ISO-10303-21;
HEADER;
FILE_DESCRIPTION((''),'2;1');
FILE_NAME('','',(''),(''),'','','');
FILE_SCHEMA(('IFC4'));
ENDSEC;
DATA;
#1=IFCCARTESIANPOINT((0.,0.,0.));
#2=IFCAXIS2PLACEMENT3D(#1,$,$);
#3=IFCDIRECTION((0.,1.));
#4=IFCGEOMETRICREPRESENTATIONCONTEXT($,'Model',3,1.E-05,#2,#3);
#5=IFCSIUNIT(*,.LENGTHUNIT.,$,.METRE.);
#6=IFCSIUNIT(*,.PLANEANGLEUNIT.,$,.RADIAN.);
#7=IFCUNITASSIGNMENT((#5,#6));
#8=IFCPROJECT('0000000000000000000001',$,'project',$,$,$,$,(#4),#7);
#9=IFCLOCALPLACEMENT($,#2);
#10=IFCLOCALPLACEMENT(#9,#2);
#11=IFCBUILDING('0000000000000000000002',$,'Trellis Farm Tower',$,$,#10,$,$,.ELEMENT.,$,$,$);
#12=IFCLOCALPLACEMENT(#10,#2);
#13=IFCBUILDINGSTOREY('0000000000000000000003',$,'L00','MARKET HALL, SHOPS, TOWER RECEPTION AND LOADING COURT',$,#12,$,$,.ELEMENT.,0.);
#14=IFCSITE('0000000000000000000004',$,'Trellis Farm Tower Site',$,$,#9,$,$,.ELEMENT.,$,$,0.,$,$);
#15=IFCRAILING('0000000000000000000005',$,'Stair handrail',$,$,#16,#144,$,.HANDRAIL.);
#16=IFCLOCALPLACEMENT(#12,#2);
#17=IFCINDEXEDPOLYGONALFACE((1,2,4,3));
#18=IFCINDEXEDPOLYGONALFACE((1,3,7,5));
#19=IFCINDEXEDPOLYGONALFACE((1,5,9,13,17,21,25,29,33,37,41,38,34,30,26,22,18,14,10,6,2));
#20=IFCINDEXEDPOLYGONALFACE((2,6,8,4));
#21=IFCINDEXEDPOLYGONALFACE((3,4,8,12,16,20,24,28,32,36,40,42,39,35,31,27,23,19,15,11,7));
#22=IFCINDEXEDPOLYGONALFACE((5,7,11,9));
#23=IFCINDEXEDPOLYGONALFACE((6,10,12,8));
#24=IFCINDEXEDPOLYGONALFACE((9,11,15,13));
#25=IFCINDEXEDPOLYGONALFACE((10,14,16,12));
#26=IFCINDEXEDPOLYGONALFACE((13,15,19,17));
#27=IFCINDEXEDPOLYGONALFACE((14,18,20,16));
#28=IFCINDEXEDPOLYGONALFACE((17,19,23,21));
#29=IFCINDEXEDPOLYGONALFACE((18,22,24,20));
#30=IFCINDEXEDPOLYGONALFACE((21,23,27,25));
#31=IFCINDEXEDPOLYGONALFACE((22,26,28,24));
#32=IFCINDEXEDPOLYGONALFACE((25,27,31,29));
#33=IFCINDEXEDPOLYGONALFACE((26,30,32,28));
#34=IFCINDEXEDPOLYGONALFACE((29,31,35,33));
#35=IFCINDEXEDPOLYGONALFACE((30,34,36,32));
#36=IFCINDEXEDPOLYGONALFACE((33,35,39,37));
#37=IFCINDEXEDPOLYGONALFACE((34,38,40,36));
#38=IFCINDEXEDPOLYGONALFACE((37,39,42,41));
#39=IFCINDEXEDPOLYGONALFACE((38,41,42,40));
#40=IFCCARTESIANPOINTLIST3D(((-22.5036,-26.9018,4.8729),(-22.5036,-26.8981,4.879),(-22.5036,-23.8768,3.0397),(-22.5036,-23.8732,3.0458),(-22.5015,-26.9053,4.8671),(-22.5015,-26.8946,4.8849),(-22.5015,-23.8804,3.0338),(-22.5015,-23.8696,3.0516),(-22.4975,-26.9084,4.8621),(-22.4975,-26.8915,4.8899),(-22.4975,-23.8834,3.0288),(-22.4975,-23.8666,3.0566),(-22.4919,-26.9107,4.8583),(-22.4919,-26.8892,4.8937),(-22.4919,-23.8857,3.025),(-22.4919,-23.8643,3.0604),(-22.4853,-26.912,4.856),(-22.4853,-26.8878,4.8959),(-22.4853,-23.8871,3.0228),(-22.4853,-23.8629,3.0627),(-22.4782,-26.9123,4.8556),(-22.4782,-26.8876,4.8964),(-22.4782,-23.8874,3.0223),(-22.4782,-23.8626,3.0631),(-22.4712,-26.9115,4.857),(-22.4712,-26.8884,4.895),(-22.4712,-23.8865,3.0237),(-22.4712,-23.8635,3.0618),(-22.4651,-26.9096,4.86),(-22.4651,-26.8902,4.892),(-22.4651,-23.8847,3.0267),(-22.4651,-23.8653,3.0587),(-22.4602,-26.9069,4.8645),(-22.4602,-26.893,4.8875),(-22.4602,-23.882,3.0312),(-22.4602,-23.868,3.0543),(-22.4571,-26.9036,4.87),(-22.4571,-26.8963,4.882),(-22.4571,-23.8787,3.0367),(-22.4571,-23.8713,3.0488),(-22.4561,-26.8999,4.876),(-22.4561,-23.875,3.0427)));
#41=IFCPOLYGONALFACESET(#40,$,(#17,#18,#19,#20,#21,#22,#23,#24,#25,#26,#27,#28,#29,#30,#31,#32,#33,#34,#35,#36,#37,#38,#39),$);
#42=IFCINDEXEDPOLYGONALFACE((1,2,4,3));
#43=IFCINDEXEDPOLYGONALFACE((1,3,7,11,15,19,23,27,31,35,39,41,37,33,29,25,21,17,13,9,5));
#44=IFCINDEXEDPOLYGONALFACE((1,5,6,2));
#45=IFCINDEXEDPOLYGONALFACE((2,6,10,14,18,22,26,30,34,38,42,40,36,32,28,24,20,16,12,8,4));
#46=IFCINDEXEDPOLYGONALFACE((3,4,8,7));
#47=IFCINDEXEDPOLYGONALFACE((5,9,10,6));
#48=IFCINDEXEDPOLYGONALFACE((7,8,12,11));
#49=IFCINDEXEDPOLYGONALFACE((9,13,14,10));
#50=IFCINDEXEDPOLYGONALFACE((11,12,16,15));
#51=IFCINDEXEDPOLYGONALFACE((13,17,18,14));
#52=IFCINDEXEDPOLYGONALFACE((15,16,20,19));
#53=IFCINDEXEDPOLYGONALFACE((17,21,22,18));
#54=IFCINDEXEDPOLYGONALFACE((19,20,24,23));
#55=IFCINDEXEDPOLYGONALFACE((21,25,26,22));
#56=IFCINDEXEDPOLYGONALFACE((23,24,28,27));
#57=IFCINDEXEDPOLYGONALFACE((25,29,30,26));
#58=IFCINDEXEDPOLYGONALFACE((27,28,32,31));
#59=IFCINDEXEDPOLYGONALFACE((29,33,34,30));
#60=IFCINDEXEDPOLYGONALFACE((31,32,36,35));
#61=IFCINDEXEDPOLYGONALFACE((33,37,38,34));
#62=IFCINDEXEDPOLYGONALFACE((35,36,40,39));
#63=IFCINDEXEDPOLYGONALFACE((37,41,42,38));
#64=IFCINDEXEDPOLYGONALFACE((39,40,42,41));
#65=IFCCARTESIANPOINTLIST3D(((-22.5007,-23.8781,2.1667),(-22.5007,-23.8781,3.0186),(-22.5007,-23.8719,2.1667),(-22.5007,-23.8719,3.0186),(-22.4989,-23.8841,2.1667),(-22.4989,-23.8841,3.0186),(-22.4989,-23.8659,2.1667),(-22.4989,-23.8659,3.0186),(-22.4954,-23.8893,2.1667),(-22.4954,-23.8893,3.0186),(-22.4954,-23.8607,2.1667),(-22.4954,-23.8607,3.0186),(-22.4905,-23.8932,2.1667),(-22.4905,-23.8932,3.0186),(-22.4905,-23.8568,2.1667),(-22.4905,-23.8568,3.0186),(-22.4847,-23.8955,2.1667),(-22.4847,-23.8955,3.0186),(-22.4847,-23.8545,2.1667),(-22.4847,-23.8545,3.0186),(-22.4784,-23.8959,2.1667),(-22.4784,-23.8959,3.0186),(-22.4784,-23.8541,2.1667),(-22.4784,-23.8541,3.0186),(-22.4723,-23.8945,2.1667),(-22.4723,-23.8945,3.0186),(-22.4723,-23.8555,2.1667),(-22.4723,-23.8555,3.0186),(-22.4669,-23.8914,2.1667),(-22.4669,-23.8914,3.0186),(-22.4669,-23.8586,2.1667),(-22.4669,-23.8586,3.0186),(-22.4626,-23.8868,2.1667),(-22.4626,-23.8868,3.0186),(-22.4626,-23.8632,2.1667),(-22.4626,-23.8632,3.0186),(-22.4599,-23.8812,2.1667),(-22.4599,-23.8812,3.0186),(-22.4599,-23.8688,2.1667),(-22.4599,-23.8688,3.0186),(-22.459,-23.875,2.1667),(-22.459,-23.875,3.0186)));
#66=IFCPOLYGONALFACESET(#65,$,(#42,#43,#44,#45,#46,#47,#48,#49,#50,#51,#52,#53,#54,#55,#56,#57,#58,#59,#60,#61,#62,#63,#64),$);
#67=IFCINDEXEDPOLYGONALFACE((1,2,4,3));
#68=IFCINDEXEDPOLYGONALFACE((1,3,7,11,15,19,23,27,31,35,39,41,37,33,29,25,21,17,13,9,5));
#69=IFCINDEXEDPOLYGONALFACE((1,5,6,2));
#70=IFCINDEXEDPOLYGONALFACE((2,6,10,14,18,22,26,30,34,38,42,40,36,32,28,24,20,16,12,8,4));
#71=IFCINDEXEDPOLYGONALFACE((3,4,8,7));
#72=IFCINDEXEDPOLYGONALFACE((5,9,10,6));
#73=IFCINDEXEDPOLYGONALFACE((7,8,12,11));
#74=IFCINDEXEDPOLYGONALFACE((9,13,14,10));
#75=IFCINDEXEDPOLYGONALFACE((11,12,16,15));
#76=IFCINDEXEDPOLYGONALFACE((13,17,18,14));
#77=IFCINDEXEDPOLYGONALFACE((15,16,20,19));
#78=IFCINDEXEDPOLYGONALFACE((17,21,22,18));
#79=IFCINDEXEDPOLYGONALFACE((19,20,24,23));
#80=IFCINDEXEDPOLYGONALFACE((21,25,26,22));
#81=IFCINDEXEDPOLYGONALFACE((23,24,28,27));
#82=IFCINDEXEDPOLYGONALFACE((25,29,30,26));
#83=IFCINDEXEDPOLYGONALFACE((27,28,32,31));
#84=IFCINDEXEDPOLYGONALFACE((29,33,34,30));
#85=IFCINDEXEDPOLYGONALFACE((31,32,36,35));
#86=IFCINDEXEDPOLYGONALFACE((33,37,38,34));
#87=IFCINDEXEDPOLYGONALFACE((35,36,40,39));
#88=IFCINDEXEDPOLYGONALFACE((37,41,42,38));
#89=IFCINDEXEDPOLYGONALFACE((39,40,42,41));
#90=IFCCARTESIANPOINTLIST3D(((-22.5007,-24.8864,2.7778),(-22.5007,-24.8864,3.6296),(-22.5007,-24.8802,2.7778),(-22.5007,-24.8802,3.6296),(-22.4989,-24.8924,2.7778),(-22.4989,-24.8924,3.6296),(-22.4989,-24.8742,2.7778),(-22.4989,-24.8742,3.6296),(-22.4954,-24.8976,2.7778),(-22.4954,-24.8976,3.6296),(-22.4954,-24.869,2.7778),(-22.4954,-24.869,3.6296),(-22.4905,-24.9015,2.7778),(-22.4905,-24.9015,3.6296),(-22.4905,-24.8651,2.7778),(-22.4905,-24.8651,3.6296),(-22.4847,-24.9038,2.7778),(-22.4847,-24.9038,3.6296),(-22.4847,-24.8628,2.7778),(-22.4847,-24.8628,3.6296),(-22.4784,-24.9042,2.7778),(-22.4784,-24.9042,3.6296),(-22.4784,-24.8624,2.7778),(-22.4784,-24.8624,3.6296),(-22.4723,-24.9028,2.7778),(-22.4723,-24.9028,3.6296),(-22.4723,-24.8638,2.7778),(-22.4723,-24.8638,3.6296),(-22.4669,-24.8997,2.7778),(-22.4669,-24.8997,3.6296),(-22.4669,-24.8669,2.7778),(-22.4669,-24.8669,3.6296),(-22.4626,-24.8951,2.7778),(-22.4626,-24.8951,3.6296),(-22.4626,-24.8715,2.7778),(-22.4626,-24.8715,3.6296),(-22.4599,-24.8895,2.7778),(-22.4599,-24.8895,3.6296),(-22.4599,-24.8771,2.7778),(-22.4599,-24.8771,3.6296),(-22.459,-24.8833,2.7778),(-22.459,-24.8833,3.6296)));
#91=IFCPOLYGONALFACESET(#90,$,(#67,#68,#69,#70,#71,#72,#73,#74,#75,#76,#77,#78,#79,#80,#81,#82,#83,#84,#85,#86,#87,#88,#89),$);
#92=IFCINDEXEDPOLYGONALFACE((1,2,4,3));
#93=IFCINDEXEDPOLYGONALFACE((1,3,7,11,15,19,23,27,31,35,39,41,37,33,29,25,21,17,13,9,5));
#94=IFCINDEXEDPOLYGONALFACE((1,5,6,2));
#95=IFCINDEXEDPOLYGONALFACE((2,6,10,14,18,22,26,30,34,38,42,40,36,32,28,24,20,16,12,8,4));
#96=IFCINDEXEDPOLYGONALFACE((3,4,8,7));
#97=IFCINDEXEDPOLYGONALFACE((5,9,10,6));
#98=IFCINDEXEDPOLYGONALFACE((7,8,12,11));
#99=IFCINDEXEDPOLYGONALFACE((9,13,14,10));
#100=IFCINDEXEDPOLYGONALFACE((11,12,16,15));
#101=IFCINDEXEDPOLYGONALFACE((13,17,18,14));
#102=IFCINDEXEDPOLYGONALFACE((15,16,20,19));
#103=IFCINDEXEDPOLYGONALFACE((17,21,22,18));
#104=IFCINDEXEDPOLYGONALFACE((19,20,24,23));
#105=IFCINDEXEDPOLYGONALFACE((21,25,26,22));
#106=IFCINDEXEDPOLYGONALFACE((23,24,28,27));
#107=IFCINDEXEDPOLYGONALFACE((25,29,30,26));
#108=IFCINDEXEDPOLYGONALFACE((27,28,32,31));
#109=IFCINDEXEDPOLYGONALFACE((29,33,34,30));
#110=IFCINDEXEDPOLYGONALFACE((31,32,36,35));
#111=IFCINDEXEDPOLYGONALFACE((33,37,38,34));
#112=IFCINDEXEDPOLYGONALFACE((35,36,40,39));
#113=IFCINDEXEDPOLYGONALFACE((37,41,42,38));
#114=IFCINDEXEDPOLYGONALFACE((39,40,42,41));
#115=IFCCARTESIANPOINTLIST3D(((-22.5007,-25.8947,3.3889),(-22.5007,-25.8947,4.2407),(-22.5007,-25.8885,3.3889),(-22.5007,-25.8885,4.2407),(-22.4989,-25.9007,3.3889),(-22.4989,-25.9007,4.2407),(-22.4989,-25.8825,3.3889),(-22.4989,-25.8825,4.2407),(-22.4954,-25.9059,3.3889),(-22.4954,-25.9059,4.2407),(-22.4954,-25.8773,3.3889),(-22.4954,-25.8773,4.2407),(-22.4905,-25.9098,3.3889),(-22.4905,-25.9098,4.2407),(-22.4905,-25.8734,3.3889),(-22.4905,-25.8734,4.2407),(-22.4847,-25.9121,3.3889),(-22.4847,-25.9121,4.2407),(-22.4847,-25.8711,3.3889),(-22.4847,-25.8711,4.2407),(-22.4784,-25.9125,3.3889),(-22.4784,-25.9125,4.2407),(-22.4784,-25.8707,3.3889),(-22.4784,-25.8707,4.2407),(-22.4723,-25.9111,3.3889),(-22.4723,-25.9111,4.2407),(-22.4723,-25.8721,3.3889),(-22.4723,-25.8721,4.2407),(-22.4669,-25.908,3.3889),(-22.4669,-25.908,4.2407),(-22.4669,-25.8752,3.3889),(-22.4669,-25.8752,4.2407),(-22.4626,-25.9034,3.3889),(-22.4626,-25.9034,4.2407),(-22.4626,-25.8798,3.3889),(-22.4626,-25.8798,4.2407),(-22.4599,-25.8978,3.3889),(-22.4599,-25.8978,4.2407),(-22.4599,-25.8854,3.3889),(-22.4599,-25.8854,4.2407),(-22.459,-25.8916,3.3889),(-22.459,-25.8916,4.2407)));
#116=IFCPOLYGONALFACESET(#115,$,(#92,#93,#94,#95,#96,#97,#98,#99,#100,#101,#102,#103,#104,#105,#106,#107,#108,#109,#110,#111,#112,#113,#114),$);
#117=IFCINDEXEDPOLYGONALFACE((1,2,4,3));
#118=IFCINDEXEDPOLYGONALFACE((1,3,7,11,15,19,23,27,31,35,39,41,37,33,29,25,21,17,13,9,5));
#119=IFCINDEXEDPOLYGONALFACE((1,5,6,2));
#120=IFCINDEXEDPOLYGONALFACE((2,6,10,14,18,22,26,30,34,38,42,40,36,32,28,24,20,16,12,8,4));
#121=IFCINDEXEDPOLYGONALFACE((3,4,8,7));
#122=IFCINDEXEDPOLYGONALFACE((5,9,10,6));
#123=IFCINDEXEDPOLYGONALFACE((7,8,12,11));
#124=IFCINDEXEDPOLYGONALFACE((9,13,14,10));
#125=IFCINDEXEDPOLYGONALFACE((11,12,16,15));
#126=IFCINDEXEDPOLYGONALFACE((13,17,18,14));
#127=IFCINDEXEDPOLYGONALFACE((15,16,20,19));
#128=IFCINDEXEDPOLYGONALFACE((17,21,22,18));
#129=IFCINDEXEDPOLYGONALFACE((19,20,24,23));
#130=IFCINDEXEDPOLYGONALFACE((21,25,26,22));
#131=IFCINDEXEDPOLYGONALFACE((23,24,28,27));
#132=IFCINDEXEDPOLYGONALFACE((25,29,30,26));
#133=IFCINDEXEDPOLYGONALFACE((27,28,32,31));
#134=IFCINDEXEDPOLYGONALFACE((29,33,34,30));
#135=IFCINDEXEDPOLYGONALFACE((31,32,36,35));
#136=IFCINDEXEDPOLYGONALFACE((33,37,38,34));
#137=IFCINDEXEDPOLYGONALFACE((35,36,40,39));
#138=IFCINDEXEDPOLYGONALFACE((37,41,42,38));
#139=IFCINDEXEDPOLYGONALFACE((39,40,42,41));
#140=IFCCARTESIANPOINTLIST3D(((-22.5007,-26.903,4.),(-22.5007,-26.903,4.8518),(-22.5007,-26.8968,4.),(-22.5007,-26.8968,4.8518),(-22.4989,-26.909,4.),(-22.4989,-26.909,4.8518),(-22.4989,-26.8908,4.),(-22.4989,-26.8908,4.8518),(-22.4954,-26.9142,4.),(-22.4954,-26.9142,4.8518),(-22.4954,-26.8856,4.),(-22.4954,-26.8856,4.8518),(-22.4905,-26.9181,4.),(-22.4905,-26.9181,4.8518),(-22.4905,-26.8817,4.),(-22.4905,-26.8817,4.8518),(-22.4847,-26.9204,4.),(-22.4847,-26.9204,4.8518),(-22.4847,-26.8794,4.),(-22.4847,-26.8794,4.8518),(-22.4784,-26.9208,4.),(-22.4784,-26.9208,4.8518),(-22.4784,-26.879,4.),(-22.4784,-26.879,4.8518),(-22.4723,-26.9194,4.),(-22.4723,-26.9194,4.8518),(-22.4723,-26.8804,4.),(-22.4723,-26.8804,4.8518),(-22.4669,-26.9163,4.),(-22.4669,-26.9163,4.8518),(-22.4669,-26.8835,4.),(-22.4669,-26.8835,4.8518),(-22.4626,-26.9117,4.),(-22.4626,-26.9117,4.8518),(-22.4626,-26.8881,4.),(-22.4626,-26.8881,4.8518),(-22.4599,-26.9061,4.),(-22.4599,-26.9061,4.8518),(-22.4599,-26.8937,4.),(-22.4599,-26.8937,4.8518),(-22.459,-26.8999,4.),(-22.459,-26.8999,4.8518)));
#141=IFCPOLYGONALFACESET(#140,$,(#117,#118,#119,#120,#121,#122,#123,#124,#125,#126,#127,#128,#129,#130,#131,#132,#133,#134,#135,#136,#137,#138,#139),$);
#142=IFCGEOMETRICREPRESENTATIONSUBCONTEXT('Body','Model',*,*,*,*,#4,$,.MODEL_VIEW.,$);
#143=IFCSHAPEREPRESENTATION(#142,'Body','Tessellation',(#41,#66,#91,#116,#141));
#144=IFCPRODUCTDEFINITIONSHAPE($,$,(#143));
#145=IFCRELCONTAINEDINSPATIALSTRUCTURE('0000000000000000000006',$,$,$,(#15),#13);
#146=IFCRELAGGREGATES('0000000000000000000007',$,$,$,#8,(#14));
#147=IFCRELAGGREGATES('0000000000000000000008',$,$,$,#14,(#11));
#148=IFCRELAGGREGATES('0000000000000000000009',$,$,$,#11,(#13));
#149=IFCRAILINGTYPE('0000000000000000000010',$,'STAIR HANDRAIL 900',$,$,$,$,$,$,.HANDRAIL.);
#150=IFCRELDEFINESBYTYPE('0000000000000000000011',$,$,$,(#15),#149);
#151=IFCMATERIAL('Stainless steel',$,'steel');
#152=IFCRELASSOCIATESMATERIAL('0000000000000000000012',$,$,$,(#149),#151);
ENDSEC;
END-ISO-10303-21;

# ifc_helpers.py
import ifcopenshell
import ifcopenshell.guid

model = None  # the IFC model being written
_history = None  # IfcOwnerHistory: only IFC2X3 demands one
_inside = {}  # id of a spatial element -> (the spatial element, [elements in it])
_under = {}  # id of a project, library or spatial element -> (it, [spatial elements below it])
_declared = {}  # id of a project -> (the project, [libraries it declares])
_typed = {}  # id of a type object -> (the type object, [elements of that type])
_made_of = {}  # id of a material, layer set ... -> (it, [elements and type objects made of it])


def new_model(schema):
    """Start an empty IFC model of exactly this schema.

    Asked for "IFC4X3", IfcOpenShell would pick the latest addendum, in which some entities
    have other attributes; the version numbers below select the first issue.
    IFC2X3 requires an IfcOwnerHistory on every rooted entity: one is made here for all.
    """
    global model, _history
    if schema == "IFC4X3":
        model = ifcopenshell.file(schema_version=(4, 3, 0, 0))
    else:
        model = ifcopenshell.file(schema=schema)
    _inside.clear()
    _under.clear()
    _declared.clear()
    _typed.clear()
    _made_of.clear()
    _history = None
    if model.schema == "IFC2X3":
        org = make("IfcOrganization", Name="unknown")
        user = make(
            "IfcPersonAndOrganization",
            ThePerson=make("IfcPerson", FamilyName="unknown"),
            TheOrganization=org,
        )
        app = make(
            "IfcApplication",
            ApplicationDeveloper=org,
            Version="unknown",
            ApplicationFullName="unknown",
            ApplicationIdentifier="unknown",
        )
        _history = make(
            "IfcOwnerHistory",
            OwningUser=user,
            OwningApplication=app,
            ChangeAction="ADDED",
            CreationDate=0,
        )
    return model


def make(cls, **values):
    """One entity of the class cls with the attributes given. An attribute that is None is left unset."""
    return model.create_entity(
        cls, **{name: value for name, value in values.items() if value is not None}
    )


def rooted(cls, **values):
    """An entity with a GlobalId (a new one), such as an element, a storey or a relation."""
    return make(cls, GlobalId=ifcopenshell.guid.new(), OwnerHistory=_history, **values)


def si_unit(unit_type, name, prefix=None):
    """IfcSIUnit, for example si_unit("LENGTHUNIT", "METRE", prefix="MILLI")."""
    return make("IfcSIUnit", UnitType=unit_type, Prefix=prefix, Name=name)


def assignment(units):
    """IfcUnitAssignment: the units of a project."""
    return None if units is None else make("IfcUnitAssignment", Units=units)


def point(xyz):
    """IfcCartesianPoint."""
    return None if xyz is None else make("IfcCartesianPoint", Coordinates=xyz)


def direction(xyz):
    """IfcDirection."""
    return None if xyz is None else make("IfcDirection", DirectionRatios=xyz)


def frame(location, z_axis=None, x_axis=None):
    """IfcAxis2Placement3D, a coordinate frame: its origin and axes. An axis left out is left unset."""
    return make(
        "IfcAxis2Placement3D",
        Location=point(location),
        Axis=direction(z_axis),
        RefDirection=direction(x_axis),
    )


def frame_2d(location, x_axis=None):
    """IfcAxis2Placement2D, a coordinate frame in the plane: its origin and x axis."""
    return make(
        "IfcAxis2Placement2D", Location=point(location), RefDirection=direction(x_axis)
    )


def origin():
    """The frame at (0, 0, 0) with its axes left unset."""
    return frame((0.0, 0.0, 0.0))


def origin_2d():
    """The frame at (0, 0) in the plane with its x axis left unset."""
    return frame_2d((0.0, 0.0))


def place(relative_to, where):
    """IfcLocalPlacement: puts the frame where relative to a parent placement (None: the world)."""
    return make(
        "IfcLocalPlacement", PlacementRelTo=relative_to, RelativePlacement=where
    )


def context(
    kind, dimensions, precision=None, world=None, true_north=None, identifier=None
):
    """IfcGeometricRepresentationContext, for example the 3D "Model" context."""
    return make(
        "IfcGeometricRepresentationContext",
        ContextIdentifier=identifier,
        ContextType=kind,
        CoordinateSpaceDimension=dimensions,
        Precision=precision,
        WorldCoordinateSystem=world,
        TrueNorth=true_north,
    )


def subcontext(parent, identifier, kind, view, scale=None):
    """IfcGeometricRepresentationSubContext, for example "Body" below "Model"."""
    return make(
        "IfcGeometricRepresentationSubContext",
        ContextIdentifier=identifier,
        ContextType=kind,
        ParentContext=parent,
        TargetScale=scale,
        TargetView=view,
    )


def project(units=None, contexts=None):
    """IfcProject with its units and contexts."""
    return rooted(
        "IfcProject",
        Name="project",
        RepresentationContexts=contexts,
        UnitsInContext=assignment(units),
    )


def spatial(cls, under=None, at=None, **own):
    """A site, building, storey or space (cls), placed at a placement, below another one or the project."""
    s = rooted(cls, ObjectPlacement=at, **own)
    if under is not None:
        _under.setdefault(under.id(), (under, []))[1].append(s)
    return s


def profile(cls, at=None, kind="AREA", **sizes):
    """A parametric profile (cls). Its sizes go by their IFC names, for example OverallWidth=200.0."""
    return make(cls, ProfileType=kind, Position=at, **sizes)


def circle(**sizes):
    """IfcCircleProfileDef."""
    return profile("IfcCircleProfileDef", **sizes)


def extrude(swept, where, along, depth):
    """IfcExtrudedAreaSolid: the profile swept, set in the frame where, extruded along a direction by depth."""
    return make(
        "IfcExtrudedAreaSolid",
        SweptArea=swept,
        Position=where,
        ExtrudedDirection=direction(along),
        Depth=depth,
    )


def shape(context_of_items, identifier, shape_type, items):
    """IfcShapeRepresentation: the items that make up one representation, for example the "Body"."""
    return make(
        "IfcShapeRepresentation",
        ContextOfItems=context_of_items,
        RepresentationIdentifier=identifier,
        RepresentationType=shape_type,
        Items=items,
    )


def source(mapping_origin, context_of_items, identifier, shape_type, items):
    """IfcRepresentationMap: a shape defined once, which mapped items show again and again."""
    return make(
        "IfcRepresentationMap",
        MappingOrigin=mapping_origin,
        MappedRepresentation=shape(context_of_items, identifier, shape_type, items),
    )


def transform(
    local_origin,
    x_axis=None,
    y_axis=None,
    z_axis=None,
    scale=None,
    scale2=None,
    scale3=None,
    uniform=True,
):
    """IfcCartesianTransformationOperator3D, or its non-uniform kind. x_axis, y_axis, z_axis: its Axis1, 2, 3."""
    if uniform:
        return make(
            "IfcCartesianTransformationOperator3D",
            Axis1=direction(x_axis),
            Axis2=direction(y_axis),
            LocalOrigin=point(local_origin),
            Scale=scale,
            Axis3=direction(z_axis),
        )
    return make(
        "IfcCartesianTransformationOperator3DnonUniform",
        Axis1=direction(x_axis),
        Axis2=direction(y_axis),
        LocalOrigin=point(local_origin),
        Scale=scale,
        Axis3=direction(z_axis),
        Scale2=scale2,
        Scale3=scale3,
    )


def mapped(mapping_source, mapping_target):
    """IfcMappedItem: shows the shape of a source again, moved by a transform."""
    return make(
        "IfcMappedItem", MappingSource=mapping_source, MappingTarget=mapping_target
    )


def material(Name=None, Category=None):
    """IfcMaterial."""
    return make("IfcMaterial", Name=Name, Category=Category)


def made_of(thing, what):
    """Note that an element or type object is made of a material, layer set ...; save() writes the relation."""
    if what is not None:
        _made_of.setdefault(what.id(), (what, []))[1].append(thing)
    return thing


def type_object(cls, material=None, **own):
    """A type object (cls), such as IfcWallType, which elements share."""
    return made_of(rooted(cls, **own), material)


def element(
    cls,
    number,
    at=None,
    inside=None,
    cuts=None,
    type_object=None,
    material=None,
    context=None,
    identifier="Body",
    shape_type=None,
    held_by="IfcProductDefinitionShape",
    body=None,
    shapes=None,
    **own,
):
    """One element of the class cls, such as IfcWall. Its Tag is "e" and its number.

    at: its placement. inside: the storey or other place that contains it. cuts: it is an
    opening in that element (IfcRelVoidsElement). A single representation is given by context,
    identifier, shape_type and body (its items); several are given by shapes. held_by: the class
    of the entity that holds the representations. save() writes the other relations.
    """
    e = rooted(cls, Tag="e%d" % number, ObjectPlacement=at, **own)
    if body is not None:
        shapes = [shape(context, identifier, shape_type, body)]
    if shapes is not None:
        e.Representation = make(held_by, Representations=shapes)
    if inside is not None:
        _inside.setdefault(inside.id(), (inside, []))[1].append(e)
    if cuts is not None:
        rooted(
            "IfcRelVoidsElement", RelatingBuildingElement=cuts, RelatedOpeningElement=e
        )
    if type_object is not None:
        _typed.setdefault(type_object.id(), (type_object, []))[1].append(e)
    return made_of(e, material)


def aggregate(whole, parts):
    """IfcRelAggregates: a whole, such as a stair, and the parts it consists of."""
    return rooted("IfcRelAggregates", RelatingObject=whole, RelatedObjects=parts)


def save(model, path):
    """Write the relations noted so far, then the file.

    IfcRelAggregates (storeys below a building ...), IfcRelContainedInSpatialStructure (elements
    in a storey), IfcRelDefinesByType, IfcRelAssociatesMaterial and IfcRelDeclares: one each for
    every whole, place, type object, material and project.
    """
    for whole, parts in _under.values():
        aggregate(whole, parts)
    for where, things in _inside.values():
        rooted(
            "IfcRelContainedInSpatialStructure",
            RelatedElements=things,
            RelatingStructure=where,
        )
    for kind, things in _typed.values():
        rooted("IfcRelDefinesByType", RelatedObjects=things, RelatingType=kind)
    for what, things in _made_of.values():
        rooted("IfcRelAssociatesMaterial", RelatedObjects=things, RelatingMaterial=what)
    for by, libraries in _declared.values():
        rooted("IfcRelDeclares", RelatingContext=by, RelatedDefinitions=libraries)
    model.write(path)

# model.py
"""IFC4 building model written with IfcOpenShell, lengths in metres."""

from ifc_helpers import new_model, si_unit, direction, frame, origin, origin_2d, place, context, subcontext, project, spatial, circle, extrude, source, transform, mapped, material, type_object, element, save


model = new_model("IFC4")

# Units and contexts
model_context = context("Model", 3, precision=1e-05, world=origin(), true_north=direction((0.0, 1.0)))
body_context = subcontext(model_context, "Body", "Model", "MODEL_VIEW")
ifc_project = project(units=[si_unit("LENGTHUNIT", "METRE"), si_unit("PLANEANGLEUNIT", "RADIAN")], contexts=[model_context])

# Site, building, storey
site_placement = place(None, origin())
site = spatial("IfcSite", under=ifc_project, at=site_placement, Name="Trellis Farm Tower Site", CompositionType="ELEMENT", RefElevation=0.0)
building_placement = place(site_placement, origin())
building = spatial("IfcBuilding", under=site, at=building_placement, Name="Trellis Farm Tower", CompositionType="ELEMENT")
storey_placement = place(building_placement, origin())
storey = spatial("IfcBuildingStorey", under=building, at=storey_placement, Name="L00", Description="MARKET HALL, SHOPS, TOWER RECEPTION AND LOADING COURT", CompositionType="ELEMENT", Elevation=0.0)

# Railing
ifc_material_1 = material(Name="Stainless steel", Category="steel")
railing_type = type_object("IfcRailingType", Name="STAIR HANDRAIL 900", PredefinedType="HANDRAIL", material=ifc_material_1)
shared_shape_1 = source(origin(), body_context, "Body", "SweptSolid", [
    extrude(circle(Radius=0.0239, at=origin_2d()), frame((0.0, 0.0, 0.876), z_axis=(0.0, -0.855201, 0.518297), x_axis=(1.0, 0.0, 0.0)), (0.0, 0.0, 1.0), 3.5371),
    extrude(circle(Radius=0.021, at=origin_2d()), origin(), (0.0, 0.0, 1.0), 0.8518),
    extrude(circle(Radius=0.021, at=origin_2d()), frame((0.0, -1.0083, 0.6111)), (0.0, 0.0, 1.0), 0.8518),
    extrude(circle(Radius=0.021, at=origin_2d()), frame((0.0, -2.0166, 1.2222)), (0.0, 0.0, 1.0), 0.8518),
    extrude(circle(Radius=0.021, at=origin_2d()), frame((0.0, -3.0249, 1.8333)), (0.0, 0.0, 1.0), 0.8518),
])
for number, where, name in (
    (1, (-22.48, -23.875, 2.1667), "Stair handrail"),
):
    element("IfcRailing", number, at=place(storey_placement, frame(where)), inside=storey, type_object=railing_type, Name=name, PredefinedType="HANDRAIL", context=body_context, shape_type="MappedRepresentation", body=[
        mapped(shared_shape_1, transform((0.0, 0.0, 0.0))),
    ])

save(model, "model.ifc")
